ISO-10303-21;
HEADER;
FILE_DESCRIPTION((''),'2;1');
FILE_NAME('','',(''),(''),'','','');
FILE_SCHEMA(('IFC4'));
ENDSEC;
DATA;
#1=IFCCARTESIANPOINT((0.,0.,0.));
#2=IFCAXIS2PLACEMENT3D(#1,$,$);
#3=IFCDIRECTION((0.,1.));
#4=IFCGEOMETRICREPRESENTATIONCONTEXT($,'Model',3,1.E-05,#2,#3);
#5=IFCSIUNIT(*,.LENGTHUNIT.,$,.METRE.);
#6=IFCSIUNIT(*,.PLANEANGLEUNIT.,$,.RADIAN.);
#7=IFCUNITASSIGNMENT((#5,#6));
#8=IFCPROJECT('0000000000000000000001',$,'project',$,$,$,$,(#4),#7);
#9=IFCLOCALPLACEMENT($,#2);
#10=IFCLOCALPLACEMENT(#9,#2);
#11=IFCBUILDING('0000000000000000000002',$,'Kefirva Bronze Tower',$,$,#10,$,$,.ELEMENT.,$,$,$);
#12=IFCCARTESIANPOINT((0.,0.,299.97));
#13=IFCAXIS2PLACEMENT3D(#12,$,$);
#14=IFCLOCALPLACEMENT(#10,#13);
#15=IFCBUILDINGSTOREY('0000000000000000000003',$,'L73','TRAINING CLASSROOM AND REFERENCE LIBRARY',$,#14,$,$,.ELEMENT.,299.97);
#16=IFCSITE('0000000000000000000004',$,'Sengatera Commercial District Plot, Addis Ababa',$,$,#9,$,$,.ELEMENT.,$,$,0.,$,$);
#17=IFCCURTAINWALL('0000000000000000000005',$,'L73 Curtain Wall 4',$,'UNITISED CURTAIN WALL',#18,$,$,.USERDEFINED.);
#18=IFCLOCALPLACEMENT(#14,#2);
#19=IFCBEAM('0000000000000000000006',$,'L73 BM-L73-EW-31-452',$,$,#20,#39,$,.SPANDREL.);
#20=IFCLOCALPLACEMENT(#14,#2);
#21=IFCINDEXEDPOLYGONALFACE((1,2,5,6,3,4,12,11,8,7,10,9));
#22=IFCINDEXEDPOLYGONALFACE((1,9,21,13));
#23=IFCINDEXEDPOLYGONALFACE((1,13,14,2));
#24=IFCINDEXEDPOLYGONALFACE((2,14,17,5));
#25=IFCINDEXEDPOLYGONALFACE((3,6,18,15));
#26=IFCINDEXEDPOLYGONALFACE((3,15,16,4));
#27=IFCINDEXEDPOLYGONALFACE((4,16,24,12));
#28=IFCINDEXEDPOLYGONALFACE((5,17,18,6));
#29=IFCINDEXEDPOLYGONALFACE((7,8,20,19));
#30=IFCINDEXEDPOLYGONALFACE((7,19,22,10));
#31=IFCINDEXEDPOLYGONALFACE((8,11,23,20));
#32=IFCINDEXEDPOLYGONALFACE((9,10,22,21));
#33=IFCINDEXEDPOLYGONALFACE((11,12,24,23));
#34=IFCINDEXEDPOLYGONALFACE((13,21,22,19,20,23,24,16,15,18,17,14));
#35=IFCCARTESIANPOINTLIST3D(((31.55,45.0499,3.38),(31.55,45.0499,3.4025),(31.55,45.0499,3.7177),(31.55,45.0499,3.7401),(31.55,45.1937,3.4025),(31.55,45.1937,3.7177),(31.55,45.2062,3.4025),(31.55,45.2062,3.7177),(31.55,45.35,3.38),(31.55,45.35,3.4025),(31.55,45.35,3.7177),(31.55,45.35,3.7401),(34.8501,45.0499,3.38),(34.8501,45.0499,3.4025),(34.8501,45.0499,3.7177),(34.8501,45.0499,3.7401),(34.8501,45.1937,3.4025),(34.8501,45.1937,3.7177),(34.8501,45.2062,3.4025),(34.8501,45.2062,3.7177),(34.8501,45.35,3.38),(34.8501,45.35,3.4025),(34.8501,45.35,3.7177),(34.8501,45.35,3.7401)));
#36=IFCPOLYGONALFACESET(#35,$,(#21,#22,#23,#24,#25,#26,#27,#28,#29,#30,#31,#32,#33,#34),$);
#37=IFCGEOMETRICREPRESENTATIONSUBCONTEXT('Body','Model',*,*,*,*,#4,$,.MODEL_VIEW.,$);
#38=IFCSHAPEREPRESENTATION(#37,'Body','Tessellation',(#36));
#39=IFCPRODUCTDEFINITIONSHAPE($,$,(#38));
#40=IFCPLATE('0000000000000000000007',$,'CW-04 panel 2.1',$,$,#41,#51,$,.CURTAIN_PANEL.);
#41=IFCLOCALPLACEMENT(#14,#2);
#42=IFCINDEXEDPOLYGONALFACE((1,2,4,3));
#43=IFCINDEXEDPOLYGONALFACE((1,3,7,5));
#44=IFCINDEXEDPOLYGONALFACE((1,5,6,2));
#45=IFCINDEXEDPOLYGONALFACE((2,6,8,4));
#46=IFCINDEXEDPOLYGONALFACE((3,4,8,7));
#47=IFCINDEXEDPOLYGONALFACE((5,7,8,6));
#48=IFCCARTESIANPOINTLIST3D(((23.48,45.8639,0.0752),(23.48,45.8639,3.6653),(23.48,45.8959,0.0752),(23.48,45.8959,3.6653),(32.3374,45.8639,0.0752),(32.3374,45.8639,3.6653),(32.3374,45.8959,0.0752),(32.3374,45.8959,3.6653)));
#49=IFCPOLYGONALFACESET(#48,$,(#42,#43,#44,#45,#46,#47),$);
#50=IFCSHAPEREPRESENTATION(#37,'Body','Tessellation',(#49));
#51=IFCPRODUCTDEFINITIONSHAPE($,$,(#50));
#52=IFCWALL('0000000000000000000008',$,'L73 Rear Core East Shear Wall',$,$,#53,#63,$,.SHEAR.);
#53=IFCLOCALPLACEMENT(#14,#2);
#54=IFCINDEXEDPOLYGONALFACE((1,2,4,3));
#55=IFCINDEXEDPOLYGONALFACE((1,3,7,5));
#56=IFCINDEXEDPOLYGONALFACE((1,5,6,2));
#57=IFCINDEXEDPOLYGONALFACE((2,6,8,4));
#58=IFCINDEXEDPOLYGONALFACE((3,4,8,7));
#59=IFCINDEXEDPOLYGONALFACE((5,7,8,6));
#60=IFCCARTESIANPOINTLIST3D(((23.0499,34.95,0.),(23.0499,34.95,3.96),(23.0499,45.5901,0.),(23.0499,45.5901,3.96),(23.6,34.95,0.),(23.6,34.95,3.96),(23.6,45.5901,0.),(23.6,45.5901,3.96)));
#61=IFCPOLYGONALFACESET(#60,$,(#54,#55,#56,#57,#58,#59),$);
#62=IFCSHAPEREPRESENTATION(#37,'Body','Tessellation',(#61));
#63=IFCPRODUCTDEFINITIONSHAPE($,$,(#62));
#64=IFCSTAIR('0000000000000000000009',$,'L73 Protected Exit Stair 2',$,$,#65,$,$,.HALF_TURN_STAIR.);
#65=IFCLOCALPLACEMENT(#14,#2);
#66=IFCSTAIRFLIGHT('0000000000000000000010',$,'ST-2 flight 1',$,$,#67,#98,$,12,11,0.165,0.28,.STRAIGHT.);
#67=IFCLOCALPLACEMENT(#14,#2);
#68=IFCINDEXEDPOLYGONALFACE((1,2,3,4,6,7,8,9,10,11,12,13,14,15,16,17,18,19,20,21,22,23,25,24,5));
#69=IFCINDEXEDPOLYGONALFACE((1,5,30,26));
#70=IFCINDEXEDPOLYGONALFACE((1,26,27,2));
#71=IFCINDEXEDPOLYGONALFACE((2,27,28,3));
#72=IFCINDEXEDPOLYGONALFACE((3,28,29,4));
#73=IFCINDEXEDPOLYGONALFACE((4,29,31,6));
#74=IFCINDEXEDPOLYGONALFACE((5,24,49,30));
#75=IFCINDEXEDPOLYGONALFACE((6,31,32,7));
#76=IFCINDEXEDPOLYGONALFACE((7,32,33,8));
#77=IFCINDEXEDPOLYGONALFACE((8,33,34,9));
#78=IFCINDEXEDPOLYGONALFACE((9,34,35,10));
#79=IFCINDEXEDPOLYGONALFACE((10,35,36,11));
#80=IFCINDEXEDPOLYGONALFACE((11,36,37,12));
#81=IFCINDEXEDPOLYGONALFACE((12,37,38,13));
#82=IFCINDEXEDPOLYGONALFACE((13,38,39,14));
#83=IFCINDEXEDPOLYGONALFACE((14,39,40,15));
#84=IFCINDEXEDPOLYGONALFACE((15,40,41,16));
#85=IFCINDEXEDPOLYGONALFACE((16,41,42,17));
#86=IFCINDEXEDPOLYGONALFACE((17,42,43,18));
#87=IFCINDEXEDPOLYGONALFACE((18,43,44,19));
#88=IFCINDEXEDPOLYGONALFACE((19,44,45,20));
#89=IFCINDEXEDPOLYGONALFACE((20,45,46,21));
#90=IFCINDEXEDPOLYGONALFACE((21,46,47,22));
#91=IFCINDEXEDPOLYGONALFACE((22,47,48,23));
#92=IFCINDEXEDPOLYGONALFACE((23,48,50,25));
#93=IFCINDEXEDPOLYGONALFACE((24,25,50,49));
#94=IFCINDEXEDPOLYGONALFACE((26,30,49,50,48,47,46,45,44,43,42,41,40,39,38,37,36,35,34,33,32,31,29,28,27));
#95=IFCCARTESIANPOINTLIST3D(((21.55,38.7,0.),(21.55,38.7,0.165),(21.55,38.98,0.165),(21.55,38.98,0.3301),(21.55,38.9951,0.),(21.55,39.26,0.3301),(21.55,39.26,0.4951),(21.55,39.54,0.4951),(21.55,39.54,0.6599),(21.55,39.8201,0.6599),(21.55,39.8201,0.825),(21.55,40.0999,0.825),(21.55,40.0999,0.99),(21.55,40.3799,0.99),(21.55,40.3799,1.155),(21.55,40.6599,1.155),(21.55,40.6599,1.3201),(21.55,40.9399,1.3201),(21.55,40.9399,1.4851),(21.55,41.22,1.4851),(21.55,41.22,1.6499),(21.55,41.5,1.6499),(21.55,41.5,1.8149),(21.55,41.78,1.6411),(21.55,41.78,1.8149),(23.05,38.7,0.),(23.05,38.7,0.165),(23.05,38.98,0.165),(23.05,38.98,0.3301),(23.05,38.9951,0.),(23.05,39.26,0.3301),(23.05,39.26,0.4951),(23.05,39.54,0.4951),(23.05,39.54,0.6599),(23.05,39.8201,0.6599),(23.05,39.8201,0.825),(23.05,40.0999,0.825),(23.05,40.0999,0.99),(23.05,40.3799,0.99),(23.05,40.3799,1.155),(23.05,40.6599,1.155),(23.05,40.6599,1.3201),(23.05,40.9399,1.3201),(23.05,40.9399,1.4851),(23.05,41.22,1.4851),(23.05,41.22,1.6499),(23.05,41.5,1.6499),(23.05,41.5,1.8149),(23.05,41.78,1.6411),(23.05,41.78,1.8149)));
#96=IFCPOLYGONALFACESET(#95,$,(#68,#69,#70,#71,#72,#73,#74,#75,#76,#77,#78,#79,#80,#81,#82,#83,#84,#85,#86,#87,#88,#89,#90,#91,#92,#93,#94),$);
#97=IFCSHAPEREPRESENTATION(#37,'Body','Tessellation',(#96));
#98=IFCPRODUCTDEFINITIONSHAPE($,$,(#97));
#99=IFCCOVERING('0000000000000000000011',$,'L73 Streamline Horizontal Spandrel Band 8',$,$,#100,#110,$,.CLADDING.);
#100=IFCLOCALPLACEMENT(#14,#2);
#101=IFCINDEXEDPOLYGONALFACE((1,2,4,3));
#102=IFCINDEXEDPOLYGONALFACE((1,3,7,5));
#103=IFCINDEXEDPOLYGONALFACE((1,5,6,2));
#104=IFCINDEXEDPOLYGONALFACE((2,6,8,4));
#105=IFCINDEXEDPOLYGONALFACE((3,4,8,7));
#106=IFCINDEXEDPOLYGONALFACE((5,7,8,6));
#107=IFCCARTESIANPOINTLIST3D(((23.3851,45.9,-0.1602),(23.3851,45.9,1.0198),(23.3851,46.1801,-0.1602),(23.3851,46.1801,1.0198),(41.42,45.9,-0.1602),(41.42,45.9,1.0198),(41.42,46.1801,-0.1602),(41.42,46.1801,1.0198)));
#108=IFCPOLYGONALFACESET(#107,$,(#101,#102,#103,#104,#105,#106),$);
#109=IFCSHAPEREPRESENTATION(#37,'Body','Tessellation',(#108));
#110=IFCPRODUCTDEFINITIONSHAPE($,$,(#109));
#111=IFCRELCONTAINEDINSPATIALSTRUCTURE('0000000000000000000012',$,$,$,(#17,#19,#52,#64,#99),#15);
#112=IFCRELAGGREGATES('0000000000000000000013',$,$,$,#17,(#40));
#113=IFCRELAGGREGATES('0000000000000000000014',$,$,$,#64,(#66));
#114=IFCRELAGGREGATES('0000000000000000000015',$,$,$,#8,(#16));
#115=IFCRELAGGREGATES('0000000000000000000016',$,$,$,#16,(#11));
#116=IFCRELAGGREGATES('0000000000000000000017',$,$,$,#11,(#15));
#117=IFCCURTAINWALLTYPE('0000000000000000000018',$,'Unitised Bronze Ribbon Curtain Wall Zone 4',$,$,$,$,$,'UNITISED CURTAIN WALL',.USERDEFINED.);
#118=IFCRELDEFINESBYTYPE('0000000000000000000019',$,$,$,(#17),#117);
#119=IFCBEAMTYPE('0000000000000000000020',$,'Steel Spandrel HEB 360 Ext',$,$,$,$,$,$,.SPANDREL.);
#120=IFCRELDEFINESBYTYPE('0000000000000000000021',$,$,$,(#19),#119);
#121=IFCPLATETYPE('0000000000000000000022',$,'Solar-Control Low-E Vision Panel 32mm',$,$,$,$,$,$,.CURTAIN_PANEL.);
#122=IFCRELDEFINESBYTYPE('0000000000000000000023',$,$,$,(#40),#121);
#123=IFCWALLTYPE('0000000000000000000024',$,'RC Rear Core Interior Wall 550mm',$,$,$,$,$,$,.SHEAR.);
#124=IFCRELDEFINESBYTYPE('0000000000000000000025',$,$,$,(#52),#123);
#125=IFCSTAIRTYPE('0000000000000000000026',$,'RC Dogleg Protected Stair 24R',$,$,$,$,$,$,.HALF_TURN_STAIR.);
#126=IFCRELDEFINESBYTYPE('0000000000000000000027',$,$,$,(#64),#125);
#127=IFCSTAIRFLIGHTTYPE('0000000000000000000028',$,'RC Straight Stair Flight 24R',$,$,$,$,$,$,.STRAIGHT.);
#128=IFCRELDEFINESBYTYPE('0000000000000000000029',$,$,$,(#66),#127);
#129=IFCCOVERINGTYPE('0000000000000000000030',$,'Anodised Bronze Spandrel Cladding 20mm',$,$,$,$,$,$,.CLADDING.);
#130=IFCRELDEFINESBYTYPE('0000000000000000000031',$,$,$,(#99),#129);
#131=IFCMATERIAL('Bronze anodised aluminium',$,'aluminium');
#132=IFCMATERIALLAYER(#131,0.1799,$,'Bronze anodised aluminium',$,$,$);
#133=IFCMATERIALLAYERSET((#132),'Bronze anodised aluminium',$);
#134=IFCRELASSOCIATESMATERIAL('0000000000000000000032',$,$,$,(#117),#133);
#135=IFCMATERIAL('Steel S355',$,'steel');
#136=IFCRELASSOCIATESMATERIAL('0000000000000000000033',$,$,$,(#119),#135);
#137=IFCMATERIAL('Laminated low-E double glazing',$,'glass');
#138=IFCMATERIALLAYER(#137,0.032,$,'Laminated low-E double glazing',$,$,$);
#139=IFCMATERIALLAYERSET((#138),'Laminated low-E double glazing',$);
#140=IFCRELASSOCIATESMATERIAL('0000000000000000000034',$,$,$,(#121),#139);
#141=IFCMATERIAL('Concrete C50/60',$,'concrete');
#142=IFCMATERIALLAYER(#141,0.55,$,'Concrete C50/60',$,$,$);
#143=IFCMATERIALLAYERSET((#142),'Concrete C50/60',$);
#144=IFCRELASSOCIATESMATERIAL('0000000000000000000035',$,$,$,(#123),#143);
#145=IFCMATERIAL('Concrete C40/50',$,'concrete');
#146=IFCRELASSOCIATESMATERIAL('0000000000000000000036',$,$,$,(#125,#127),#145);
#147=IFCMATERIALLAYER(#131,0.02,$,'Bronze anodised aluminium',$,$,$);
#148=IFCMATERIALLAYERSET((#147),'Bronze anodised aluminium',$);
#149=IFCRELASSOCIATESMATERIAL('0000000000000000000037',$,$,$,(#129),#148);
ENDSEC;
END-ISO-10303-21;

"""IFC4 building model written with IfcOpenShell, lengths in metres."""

from ifc_helpers import new_model, si_unit, direction, frame, frame_2d, origin, origin_2d, place, context, subcontext, project, spatial, polyline, rectangle, i_section, outline, extrude, material, layer, layer_set, material_profile, profile_set, type_object, element, aggregate, save


model = new_model("IFC4")

# Units and contexts
model_context = context("Model", 3, precision=1e-05, world=origin(), true_north=direction((0.0, 1.0)))
body_context = subcontext(model_context, "Body", "Model", "MODEL_VIEW")
ifc_project = project(units=[si_unit("LENGTHUNIT", "METRE"), si_unit("PLANEANGLEUNIT", "RADIAN")], contexts=[model_context])

# Site, building, storey
site_placement = place(None, origin())
site = spatial("IfcSite", under=ifc_project, at=site_placement, Name="Sengatera Commercial District Plot, Addis Ababa", CompositionType="ELEMENT", RefElevation=0.0)
building_placement = place(site_placement, origin())
building = spatial("IfcBuilding", under=site, at=building_placement, Name="Kefirva Bronze Tower", CompositionType="ELEMENT")
storey_placement = place(building_placement, frame((0.0, 0.0, 299.97)))
storey = spatial("IfcBuildingStorey", under=building, at=storey_placement, Name="L73", Description="TRAINING CLASSROOM AND REFERENCE LIBRARY", CompositionType="ELEMENT", Elevation=299.97)

# Shared definitions
ifc_material_1 = material(Name="Concrete C50/60", Category="concrete")

# Curtain wall
ifc_material_2 = material(Name="Bronze anodised aluminium", Category="aluminium")
ifc_layer_1 = layer(ifc_material_2, 0.1799, Name="Bronze anodised aluminium")
ifc_layer_set_1 = layer_set([ifc_layer_1], Name="Bronze anodised aluminium")
curtain_wall_type = type_object("IfcCurtainWallType", Name="Unitised Bronze Ribbon Curtain Wall Zone 4", ElementType="UNITISED CURTAIN WALL", PredefinedType="USERDEFINED", material=ifc_layer_set_1)
curtain_wall_placement = place(storey_placement, origin())
curtain_wall = element("IfcCurtainWall", 1, at=curtain_wall_placement, inside=storey, type_object=curtain_wall_type, Name="L73 Curtain Wall 4", ObjectType="UNITISED CURTAIN WALL", PredefinedType="USERDEFINED")

# Beam
ifc_material_3 = material(Name="Steel S355", Category="steel")
ifc_material_profile_1 = material_profile(ifc_material_3, i_section(OverallWidth=0.3, OverallDepth=0.3601, WebThickness=0.0125, FlangeThickness=0.0225, at=origin_2d()), Name="HEB 360")
ifc_profile_set_1 = profile_set([ifc_material_profile_1], Name="Steel S355")
beam_type_1 = type_object("IfcBeamType", Name="Steel Spandrel HEB 360 Ext", PredefinedType="SPANDREL", material=ifc_profile_set_1)
beam_1_placement = place(storey_placement, frame((31.55, 45.2, 3.5601), z_axis=(1.0, 0.0, 0.0), x_axis=(0.0, 1.0, 0.0)))
element("IfcBeam", 2, at=beam_1_placement, inside=storey, type_object=beam_type_1, Name="L73 BM-L73-EW-31-452", PredefinedType="SPANDREL", context=body_context, shape_type="SweptSolid", body=[
    extrude(i_section(OverallWidth=0.3, OverallDepth=0.3601, WebThickness=0.0125, FlangeThickness=0.0225, at=origin_2d()), origin(), (0.0, 0.0, 1.0), 3.3),
])

# Plate
ifc_material_4 = material(Name="Laminated low-E double glazing", Category="glass")
ifc_layer_2 = layer(ifc_material_4, 0.032, Name="Laminated low-E double glazing")
ifc_layer_set_2 = layer_set([ifc_layer_2], Name="Laminated low-E double glazing")
plate_type = type_object("IfcPlateType", Name="Solar-Control Low-E Vision Panel 32mm", PredefinedType="CURTAIN_PANEL", material=ifc_layer_set_2)
plate_placement = place(storey_placement, frame((27.9087, 45.8799, 0.0752), z_axis=(0.0, 0.0, 1.0), x_axis=(-1.0, 0.0, 0.0)))
plate = element("IfcPlate", 3, at=plate_placement, type_object=plate_type, Name="CW-04 panel 2.1", PredefinedType="CURTAIN_PANEL", context=body_context, shape_type="SweptSolid", body=[
    extrude(rectangle(XDim=8.8574, YDim=0.032, at=origin_2d()), origin(), (0.0, 0.0, 1.0), 3.5901),
])
aggregate(curtain_wall, [plate])

# Wall
ifc_layer_3 = layer(ifc_material_1, 0.55, Name="Concrete C50/60")
ifc_layer_set_3 = layer_set([ifc_layer_3], Name="Concrete C50/60")
wall_type = type_object("IfcWallType", Name="RC Rear Core Interior Wall 550mm", PredefinedType="SHEAR", material=ifc_layer_set_3)
wall_placement = place(storey_placement, frame((23.325, 34.95, 0.0), z_axis=(0.0, 0.0, 1.0), x_axis=(0.0, 1.0, 0.0)))
element("IfcWall", 4, at=wall_placement, inside=storey, type_object=wall_type, Name="L73 Rear Core East Shear Wall", PredefinedType="SHEAR", context=body_context, shape_type="SweptSolid", body=[
    extrude(rectangle(XDim=10.6401, YDim=0.55, at=frame_2d((5.3201, 0.0))), origin(), (0.0, 0.0, 1.0), 3.96),
])

# Stair, stair flight
ifc_material_5 = material(Name="Concrete C40/50", Category="concrete")
stair_type = type_object("IfcStairType", Name="RC Dogleg Protected Stair 24R", PredefinedType="HALF_TURN_STAIR", material=ifc_material_5)
stair_placement = place(storey_placement, origin())
stair = element("IfcStair", 5, at=stair_placement, inside=storey, type_object=stair_type, Name="L73 Protected Exit Stair 2", PredefinedType="HALF_TURN_STAIR")
stair_flight_type = type_object("IfcStairFlightType", Name="RC Straight Stair Flight 24R", PredefinedType="STRAIGHT", material=ifc_material_5)
stair_flight_placement = place(storey_placement, frame((22.3, 38.7, 0.0), z_axis=(0.0, 0.0, 1.0), x_axis=(0.0, 1.0, 0.0)))
stair_flight = element("IfcStairFlight", 6, at=stair_flight_placement, type_object=stair_flight_type, Name="ST-2 flight 1", NumberOfRisers=12, NumberOfTreads=11, PredefinedType="STRAIGHT", RiserHeight=0.165, TreadLength=0.28, context=body_context, shape_type="SweptSolid", body=[
    extrude(outline(polyline([(0.0, 0.0), (0.0, 0.165), (0.28, 0.165), (0.28, 0.3301), (0.5601, 0.3301), (0.5601, 0.4951), (0.8401, 0.4951), (0.8401, 0.6599), (1.1201, 0.6599), (1.1201, 0.825), (1.3999, 0.825), (1.3999, 0.99), (1.6799, 0.99), (1.6799, 1.155), (1.96, 1.155), (1.96, 1.3201), (2.24, 1.3201), (2.24, 1.4851), (2.52, 1.4851), (2.52, 1.6499), (2.8, 1.6499), (2.8, 1.8149), (3.0801, 1.8149), (3.0801, 1.98), (3.0801, 1.6411), (0.2952, 0.0), (0.0, 0.0)])), frame((0.0, 0.75, 0.0), z_axis=(0.0, -1.0, 0.0), x_axis=(1.0, 0.0, 0.0)), (0.0, 0.0, 1.0), 1.5),
])
aggregate(stair, [stair_flight])

# Covering
ifc_layer_4 = layer(ifc_material_2, 0.02, Name="Bronze anodised aluminium")
ifc_layer_set_4 = layer_set([ifc_layer_4], Name="Bronze anodised aluminium")
covering_type_1 = type_object("IfcCoveringType", Name="Anodised Bronze Spandrel Cladding 20mm", PredefinedType="CLADDING", material=ifc_layer_set_4)
covering_1_placement = place(storey_placement, frame((32.4026, 46.04, -0.1602), z_axis=(0.0, 0.0, 1.0), x_axis=(-1.0, 0.0, 0.0)))
element("IfcCovering", 7, at=covering_1_placement, inside=storey, type_object=covering_type_1, Name="L73 Streamline Horizontal Spandrel Band 8", PredefinedType="CLADDING", context=body_context, shape_type="SweptSolid", body=[
    extrude(rectangle(XDim=18.0349, YDim=0.28, at=origin_2d()), origin(), (0.0, 0.0, 1.0), 1.1799),
])

save(model, "model.ifc")
